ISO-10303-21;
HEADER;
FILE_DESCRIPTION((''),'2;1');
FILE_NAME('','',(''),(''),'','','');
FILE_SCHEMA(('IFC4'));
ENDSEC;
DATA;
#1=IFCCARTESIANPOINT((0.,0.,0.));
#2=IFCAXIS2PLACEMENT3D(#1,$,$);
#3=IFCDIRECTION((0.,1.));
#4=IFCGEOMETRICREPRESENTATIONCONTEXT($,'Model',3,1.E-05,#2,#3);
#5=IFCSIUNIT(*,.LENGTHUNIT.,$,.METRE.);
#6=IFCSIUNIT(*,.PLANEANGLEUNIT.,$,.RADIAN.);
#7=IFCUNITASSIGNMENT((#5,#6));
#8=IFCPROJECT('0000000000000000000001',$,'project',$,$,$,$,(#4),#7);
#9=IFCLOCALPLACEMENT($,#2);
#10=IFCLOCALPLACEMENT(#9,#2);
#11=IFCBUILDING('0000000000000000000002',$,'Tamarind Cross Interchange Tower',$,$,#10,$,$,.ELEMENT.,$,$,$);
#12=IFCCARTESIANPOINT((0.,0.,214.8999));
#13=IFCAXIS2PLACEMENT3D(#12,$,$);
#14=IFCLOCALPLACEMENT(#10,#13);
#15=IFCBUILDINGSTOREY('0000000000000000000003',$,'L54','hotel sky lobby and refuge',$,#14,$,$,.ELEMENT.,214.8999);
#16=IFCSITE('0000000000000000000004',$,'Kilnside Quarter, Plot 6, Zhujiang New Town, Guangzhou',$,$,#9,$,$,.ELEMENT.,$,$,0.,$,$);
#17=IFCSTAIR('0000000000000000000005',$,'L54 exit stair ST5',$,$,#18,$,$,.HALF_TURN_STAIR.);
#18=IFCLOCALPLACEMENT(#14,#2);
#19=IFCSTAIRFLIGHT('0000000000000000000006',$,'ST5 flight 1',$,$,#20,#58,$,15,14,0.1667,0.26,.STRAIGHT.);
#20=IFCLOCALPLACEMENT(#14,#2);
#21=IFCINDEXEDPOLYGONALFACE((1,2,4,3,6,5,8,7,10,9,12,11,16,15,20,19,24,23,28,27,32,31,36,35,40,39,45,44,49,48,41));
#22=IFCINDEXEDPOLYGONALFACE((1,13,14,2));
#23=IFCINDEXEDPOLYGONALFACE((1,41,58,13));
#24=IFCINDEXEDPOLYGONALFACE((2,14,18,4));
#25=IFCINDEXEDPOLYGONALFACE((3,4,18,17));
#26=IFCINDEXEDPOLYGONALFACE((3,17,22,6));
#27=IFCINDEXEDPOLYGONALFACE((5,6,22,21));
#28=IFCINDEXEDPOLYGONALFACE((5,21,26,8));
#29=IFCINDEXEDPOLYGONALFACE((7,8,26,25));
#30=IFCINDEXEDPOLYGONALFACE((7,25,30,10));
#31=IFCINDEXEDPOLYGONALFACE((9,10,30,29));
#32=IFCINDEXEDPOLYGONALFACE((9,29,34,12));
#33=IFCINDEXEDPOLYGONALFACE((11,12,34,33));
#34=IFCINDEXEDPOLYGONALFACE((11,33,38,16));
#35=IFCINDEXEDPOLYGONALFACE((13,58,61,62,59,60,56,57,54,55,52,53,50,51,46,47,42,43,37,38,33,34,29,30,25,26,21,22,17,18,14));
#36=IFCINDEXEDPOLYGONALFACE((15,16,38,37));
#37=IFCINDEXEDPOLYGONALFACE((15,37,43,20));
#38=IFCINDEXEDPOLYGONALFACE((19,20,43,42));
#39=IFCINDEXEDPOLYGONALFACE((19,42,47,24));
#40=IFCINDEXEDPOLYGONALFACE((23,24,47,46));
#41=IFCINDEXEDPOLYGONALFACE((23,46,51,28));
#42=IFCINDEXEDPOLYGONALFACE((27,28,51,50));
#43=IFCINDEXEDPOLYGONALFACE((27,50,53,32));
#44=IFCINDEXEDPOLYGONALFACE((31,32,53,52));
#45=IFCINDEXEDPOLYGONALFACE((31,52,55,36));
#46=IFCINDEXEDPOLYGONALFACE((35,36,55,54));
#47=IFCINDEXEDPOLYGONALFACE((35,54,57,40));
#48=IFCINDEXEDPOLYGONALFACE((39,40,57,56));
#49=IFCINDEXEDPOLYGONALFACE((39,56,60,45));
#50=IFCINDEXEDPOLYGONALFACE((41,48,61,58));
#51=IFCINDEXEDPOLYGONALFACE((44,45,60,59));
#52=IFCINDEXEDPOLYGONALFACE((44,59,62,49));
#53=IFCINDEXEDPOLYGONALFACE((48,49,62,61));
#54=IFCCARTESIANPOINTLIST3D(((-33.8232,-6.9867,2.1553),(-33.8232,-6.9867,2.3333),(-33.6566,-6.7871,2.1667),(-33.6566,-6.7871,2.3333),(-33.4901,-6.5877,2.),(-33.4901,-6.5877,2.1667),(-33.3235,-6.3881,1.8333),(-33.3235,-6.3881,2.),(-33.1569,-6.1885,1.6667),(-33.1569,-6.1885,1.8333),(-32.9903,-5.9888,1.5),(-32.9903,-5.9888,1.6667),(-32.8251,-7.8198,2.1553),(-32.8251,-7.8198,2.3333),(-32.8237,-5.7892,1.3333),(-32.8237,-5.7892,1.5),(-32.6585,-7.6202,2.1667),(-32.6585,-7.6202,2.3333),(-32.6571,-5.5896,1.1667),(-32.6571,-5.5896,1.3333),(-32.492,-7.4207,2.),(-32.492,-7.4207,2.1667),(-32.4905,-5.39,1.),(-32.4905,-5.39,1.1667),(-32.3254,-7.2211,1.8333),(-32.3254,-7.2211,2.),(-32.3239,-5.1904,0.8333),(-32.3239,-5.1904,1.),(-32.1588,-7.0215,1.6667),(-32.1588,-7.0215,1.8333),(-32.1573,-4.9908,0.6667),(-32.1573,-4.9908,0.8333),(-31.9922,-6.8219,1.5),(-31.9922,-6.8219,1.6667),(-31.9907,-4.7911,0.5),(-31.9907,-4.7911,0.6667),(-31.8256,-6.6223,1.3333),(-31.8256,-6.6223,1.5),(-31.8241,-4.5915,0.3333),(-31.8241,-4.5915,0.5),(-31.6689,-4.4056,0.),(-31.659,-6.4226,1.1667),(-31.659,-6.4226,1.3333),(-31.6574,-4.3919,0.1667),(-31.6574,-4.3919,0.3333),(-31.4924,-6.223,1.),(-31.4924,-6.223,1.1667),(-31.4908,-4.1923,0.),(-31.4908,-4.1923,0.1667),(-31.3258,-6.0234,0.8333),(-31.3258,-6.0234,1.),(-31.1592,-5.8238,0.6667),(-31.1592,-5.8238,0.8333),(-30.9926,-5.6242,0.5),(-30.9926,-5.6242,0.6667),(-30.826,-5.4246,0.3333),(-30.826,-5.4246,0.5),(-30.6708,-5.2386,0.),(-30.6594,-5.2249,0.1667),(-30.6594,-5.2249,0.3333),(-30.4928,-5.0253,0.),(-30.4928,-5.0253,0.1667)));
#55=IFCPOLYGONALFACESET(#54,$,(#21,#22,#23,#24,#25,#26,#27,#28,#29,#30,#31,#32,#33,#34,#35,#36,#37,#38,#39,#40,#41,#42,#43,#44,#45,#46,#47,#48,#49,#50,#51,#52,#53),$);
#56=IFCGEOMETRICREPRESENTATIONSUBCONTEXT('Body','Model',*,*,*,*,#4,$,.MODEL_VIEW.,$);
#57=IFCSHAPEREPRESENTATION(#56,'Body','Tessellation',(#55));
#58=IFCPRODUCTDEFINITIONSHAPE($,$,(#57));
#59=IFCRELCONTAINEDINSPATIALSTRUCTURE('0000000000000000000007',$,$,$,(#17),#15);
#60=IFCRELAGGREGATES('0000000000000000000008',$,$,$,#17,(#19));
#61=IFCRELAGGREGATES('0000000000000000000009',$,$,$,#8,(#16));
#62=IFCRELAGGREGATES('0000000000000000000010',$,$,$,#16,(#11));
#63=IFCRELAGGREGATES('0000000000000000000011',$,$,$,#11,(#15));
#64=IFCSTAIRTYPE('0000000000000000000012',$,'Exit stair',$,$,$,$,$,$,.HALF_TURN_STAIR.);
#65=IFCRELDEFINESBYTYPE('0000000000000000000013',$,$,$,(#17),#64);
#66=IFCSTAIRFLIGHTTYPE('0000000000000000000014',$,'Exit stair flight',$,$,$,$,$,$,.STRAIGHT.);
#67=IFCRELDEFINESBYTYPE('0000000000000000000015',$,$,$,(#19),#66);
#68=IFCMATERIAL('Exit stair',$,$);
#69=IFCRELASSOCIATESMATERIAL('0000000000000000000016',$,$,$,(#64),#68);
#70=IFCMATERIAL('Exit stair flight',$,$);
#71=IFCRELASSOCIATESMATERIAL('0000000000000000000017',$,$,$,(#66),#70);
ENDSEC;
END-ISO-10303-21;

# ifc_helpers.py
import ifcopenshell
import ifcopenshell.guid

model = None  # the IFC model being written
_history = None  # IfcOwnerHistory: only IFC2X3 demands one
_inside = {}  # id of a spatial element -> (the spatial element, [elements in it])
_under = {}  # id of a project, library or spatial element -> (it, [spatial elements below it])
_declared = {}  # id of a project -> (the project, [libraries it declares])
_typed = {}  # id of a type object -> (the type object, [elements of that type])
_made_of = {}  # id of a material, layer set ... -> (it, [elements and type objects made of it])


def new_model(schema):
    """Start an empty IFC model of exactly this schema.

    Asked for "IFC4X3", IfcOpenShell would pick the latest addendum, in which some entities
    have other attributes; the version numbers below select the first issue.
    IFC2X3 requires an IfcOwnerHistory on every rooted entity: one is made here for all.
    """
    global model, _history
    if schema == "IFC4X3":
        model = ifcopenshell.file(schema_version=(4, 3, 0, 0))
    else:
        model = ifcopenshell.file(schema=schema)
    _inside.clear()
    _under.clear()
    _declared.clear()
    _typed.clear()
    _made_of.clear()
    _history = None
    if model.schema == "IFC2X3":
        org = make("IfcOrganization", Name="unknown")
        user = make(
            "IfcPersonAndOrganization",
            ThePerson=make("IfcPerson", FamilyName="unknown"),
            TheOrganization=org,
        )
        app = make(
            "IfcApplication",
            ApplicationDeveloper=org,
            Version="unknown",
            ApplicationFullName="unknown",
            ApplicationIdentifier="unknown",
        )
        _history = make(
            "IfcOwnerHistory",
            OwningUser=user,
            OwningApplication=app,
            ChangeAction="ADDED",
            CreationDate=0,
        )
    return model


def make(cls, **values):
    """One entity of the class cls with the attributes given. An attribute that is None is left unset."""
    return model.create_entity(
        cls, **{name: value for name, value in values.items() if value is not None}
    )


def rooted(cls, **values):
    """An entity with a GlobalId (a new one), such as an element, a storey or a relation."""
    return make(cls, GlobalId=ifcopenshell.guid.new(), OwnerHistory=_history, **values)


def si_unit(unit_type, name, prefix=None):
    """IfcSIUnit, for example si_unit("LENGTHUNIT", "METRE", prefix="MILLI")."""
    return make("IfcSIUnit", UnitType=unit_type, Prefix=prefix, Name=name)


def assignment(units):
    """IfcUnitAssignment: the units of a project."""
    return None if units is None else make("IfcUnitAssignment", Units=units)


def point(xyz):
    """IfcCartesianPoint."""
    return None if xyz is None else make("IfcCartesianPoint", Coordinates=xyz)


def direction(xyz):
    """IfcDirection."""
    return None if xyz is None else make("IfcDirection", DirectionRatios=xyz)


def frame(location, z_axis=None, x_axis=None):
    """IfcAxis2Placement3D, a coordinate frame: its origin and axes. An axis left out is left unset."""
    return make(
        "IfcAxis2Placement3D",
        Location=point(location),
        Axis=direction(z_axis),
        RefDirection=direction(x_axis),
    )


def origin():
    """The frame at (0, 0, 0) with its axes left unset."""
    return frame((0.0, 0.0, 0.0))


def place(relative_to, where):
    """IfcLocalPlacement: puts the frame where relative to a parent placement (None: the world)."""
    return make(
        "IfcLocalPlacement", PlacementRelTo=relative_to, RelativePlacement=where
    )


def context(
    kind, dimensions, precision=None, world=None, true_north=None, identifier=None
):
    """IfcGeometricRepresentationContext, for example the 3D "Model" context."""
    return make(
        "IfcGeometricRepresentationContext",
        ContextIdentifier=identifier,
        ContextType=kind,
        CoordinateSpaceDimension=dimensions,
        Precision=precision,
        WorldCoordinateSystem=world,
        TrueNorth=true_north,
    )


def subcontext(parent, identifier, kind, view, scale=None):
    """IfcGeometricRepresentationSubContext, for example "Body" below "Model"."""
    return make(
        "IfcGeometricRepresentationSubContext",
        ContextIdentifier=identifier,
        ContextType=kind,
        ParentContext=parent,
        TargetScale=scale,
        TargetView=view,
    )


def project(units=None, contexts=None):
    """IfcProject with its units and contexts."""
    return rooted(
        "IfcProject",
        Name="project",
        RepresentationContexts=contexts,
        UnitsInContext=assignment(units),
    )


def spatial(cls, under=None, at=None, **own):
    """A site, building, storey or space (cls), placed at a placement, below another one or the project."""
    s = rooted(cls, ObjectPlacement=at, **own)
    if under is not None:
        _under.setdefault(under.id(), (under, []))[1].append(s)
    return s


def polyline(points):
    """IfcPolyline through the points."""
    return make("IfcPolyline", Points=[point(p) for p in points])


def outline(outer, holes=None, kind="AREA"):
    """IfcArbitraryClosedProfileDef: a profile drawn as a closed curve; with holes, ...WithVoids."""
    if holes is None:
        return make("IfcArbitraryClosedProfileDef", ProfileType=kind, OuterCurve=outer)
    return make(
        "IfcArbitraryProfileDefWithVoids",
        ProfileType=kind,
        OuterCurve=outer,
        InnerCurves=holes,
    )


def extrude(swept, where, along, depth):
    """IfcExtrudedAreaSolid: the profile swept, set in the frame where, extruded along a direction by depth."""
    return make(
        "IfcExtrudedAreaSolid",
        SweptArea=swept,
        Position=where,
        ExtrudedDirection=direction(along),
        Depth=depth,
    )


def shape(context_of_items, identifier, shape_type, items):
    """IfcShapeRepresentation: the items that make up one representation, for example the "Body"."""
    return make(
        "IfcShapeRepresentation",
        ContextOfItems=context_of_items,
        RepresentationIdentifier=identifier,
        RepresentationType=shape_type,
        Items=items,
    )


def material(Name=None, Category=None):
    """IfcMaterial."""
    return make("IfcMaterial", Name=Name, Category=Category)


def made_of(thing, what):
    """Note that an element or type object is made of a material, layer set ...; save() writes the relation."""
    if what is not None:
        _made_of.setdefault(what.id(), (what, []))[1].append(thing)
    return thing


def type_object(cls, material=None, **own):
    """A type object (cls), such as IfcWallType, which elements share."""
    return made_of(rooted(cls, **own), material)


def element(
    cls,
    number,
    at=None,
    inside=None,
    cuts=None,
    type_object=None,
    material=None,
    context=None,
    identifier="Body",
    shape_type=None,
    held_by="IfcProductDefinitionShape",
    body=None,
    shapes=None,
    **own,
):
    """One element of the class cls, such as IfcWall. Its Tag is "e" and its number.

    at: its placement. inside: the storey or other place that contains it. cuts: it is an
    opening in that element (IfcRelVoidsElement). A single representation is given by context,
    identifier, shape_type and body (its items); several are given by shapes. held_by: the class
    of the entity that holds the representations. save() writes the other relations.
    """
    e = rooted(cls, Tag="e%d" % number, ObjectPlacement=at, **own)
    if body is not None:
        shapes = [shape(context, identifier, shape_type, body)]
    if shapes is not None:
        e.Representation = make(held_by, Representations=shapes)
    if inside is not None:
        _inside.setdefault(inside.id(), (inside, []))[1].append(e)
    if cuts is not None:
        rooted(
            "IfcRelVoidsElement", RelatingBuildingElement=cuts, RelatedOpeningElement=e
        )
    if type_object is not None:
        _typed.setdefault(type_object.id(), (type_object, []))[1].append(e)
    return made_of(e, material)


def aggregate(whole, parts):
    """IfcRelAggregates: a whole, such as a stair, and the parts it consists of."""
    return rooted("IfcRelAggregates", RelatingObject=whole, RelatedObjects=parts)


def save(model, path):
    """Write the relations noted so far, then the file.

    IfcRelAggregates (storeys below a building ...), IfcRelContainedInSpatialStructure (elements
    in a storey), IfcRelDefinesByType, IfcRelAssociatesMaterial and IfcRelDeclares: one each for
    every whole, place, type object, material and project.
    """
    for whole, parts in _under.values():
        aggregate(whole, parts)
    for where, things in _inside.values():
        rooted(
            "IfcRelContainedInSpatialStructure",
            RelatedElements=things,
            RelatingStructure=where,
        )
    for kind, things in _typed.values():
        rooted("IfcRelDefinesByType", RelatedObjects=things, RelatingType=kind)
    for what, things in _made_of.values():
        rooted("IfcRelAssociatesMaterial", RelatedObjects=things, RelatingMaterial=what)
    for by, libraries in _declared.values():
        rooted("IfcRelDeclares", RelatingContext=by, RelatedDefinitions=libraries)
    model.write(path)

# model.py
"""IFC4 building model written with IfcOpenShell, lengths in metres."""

from ifc_helpers import new_model, si_unit, direction, frame, origin, place, context, subcontext, project, spatial, polyline, outline, extrude, material, type_object, element, aggregate, save


model = new_model("IFC4")

# Units and contexts
model_context = context("Model", 3, precision=1e-05, world=origin(), true_north=direction((0.0, 1.0)))
body_context = subcontext(model_context, "Body", "Model", "MODEL_VIEW")
ifc_project = project(units=[si_unit("LENGTHUNIT", "METRE"), si_unit("PLANEANGLEUNIT", "RADIAN")], contexts=[model_context])

# Site, building, storey
site_placement = place(None, origin())
site = spatial("IfcSite", under=ifc_project, at=site_placement, Name="Kilnside Quarter, Plot 6, Zhujiang New Town, Guangzhou", CompositionType="ELEMENT", RefElevation=0.0)
building_placement = place(site_placement, origin())
building = spatial("IfcBuilding", under=site, at=building_placement, Name="Tamarind Cross Interchange Tower", CompositionType="ELEMENT")
storey_placement = place(building_placement, frame((0.0, 0.0, 214.8999)))
storey = spatial("IfcBuildingStorey", under=building, at=storey_placement, Name="L54", Description="hotel sky lobby and refuge", CompositionType="ELEMENT", Elevation=214.8999)

# Stair, stair flight
ifc_material_1 = material(Name="Exit stair")
stair_type = type_object("IfcStairType", Name="Exit stair", PredefinedType="HALF_TURN_STAIR", material=ifc_material_1)
stair_placement = place(storey_placement, origin())
stair = element("IfcStair", 1, at=stair_placement, inside=storey, type_object=stair_type, Name="L54 exit stair ST5", PredefinedType="HALF_TURN_STAIR")
ifc_material_2 = material(Name="Exit stair flight")
stair_flight_type = type_object("IfcStairFlightType", Name="Exit stair flight", PredefinedType="STRAIGHT", material=ifc_material_2)
stair_flight_placement = place(storey_placement, frame((-30.9917, -4.6089, 0.0), z_axis=(0.0, 0.0, 1.0), x_axis=(-0.640775, -0.767729, 0.0)))
stair_flight = element("IfcStairFlight", 2, at=stair_flight_placement, type_object=stair_flight_type, Name="ST5 flight 1", NumberOfRisers=15, NumberOfTreads=14, PredefinedType="STRAIGHT", RiserHeight=0.1667, TreadLength=0.26, context=body_context, shape_type="SweptSolid", body=[
    extrude(outline(polyline([(0.0, 0.0), (0.0, 0.1667), (0.26, 0.1667), (0.26, 0.3333), (0.52, 0.3333), (0.52, 0.5), (0.78, 0.5), (0.78, 0.6667), (1.04, 0.6667), (1.04, 0.8333), (1.3, 0.8333), (1.3, 1.0), (1.5601, 1.0), (1.5601, 1.1667), (1.8201, 1.1667), (1.8201, 1.3333), (2.0801, 1.3333), (2.0801, 1.5), (2.3401, 1.5), (2.3401, 1.6667), (2.6001, 1.6667), (2.6001, 1.8333), (2.8601, 1.8333), (2.8601, 2.0), (3.1201, 2.0), (3.1201, 2.1667), (3.3799, 2.1667), (3.3799, 2.3333), (3.6399, 2.3333), (3.6399, 2.5), (3.6399, 2.1553), (0.2778, 0.0), (0.0, 0.0)])), frame((0.0, 0.6499, 0.0), z_axis=(0.0, -1.0, 0.0), x_axis=(1.0, 0.0, 0.0)), (0.0, 0.0, 1.0), 1.3),
])
aggregate(stair, [stair_flight])

save(model, "model.ifc")
